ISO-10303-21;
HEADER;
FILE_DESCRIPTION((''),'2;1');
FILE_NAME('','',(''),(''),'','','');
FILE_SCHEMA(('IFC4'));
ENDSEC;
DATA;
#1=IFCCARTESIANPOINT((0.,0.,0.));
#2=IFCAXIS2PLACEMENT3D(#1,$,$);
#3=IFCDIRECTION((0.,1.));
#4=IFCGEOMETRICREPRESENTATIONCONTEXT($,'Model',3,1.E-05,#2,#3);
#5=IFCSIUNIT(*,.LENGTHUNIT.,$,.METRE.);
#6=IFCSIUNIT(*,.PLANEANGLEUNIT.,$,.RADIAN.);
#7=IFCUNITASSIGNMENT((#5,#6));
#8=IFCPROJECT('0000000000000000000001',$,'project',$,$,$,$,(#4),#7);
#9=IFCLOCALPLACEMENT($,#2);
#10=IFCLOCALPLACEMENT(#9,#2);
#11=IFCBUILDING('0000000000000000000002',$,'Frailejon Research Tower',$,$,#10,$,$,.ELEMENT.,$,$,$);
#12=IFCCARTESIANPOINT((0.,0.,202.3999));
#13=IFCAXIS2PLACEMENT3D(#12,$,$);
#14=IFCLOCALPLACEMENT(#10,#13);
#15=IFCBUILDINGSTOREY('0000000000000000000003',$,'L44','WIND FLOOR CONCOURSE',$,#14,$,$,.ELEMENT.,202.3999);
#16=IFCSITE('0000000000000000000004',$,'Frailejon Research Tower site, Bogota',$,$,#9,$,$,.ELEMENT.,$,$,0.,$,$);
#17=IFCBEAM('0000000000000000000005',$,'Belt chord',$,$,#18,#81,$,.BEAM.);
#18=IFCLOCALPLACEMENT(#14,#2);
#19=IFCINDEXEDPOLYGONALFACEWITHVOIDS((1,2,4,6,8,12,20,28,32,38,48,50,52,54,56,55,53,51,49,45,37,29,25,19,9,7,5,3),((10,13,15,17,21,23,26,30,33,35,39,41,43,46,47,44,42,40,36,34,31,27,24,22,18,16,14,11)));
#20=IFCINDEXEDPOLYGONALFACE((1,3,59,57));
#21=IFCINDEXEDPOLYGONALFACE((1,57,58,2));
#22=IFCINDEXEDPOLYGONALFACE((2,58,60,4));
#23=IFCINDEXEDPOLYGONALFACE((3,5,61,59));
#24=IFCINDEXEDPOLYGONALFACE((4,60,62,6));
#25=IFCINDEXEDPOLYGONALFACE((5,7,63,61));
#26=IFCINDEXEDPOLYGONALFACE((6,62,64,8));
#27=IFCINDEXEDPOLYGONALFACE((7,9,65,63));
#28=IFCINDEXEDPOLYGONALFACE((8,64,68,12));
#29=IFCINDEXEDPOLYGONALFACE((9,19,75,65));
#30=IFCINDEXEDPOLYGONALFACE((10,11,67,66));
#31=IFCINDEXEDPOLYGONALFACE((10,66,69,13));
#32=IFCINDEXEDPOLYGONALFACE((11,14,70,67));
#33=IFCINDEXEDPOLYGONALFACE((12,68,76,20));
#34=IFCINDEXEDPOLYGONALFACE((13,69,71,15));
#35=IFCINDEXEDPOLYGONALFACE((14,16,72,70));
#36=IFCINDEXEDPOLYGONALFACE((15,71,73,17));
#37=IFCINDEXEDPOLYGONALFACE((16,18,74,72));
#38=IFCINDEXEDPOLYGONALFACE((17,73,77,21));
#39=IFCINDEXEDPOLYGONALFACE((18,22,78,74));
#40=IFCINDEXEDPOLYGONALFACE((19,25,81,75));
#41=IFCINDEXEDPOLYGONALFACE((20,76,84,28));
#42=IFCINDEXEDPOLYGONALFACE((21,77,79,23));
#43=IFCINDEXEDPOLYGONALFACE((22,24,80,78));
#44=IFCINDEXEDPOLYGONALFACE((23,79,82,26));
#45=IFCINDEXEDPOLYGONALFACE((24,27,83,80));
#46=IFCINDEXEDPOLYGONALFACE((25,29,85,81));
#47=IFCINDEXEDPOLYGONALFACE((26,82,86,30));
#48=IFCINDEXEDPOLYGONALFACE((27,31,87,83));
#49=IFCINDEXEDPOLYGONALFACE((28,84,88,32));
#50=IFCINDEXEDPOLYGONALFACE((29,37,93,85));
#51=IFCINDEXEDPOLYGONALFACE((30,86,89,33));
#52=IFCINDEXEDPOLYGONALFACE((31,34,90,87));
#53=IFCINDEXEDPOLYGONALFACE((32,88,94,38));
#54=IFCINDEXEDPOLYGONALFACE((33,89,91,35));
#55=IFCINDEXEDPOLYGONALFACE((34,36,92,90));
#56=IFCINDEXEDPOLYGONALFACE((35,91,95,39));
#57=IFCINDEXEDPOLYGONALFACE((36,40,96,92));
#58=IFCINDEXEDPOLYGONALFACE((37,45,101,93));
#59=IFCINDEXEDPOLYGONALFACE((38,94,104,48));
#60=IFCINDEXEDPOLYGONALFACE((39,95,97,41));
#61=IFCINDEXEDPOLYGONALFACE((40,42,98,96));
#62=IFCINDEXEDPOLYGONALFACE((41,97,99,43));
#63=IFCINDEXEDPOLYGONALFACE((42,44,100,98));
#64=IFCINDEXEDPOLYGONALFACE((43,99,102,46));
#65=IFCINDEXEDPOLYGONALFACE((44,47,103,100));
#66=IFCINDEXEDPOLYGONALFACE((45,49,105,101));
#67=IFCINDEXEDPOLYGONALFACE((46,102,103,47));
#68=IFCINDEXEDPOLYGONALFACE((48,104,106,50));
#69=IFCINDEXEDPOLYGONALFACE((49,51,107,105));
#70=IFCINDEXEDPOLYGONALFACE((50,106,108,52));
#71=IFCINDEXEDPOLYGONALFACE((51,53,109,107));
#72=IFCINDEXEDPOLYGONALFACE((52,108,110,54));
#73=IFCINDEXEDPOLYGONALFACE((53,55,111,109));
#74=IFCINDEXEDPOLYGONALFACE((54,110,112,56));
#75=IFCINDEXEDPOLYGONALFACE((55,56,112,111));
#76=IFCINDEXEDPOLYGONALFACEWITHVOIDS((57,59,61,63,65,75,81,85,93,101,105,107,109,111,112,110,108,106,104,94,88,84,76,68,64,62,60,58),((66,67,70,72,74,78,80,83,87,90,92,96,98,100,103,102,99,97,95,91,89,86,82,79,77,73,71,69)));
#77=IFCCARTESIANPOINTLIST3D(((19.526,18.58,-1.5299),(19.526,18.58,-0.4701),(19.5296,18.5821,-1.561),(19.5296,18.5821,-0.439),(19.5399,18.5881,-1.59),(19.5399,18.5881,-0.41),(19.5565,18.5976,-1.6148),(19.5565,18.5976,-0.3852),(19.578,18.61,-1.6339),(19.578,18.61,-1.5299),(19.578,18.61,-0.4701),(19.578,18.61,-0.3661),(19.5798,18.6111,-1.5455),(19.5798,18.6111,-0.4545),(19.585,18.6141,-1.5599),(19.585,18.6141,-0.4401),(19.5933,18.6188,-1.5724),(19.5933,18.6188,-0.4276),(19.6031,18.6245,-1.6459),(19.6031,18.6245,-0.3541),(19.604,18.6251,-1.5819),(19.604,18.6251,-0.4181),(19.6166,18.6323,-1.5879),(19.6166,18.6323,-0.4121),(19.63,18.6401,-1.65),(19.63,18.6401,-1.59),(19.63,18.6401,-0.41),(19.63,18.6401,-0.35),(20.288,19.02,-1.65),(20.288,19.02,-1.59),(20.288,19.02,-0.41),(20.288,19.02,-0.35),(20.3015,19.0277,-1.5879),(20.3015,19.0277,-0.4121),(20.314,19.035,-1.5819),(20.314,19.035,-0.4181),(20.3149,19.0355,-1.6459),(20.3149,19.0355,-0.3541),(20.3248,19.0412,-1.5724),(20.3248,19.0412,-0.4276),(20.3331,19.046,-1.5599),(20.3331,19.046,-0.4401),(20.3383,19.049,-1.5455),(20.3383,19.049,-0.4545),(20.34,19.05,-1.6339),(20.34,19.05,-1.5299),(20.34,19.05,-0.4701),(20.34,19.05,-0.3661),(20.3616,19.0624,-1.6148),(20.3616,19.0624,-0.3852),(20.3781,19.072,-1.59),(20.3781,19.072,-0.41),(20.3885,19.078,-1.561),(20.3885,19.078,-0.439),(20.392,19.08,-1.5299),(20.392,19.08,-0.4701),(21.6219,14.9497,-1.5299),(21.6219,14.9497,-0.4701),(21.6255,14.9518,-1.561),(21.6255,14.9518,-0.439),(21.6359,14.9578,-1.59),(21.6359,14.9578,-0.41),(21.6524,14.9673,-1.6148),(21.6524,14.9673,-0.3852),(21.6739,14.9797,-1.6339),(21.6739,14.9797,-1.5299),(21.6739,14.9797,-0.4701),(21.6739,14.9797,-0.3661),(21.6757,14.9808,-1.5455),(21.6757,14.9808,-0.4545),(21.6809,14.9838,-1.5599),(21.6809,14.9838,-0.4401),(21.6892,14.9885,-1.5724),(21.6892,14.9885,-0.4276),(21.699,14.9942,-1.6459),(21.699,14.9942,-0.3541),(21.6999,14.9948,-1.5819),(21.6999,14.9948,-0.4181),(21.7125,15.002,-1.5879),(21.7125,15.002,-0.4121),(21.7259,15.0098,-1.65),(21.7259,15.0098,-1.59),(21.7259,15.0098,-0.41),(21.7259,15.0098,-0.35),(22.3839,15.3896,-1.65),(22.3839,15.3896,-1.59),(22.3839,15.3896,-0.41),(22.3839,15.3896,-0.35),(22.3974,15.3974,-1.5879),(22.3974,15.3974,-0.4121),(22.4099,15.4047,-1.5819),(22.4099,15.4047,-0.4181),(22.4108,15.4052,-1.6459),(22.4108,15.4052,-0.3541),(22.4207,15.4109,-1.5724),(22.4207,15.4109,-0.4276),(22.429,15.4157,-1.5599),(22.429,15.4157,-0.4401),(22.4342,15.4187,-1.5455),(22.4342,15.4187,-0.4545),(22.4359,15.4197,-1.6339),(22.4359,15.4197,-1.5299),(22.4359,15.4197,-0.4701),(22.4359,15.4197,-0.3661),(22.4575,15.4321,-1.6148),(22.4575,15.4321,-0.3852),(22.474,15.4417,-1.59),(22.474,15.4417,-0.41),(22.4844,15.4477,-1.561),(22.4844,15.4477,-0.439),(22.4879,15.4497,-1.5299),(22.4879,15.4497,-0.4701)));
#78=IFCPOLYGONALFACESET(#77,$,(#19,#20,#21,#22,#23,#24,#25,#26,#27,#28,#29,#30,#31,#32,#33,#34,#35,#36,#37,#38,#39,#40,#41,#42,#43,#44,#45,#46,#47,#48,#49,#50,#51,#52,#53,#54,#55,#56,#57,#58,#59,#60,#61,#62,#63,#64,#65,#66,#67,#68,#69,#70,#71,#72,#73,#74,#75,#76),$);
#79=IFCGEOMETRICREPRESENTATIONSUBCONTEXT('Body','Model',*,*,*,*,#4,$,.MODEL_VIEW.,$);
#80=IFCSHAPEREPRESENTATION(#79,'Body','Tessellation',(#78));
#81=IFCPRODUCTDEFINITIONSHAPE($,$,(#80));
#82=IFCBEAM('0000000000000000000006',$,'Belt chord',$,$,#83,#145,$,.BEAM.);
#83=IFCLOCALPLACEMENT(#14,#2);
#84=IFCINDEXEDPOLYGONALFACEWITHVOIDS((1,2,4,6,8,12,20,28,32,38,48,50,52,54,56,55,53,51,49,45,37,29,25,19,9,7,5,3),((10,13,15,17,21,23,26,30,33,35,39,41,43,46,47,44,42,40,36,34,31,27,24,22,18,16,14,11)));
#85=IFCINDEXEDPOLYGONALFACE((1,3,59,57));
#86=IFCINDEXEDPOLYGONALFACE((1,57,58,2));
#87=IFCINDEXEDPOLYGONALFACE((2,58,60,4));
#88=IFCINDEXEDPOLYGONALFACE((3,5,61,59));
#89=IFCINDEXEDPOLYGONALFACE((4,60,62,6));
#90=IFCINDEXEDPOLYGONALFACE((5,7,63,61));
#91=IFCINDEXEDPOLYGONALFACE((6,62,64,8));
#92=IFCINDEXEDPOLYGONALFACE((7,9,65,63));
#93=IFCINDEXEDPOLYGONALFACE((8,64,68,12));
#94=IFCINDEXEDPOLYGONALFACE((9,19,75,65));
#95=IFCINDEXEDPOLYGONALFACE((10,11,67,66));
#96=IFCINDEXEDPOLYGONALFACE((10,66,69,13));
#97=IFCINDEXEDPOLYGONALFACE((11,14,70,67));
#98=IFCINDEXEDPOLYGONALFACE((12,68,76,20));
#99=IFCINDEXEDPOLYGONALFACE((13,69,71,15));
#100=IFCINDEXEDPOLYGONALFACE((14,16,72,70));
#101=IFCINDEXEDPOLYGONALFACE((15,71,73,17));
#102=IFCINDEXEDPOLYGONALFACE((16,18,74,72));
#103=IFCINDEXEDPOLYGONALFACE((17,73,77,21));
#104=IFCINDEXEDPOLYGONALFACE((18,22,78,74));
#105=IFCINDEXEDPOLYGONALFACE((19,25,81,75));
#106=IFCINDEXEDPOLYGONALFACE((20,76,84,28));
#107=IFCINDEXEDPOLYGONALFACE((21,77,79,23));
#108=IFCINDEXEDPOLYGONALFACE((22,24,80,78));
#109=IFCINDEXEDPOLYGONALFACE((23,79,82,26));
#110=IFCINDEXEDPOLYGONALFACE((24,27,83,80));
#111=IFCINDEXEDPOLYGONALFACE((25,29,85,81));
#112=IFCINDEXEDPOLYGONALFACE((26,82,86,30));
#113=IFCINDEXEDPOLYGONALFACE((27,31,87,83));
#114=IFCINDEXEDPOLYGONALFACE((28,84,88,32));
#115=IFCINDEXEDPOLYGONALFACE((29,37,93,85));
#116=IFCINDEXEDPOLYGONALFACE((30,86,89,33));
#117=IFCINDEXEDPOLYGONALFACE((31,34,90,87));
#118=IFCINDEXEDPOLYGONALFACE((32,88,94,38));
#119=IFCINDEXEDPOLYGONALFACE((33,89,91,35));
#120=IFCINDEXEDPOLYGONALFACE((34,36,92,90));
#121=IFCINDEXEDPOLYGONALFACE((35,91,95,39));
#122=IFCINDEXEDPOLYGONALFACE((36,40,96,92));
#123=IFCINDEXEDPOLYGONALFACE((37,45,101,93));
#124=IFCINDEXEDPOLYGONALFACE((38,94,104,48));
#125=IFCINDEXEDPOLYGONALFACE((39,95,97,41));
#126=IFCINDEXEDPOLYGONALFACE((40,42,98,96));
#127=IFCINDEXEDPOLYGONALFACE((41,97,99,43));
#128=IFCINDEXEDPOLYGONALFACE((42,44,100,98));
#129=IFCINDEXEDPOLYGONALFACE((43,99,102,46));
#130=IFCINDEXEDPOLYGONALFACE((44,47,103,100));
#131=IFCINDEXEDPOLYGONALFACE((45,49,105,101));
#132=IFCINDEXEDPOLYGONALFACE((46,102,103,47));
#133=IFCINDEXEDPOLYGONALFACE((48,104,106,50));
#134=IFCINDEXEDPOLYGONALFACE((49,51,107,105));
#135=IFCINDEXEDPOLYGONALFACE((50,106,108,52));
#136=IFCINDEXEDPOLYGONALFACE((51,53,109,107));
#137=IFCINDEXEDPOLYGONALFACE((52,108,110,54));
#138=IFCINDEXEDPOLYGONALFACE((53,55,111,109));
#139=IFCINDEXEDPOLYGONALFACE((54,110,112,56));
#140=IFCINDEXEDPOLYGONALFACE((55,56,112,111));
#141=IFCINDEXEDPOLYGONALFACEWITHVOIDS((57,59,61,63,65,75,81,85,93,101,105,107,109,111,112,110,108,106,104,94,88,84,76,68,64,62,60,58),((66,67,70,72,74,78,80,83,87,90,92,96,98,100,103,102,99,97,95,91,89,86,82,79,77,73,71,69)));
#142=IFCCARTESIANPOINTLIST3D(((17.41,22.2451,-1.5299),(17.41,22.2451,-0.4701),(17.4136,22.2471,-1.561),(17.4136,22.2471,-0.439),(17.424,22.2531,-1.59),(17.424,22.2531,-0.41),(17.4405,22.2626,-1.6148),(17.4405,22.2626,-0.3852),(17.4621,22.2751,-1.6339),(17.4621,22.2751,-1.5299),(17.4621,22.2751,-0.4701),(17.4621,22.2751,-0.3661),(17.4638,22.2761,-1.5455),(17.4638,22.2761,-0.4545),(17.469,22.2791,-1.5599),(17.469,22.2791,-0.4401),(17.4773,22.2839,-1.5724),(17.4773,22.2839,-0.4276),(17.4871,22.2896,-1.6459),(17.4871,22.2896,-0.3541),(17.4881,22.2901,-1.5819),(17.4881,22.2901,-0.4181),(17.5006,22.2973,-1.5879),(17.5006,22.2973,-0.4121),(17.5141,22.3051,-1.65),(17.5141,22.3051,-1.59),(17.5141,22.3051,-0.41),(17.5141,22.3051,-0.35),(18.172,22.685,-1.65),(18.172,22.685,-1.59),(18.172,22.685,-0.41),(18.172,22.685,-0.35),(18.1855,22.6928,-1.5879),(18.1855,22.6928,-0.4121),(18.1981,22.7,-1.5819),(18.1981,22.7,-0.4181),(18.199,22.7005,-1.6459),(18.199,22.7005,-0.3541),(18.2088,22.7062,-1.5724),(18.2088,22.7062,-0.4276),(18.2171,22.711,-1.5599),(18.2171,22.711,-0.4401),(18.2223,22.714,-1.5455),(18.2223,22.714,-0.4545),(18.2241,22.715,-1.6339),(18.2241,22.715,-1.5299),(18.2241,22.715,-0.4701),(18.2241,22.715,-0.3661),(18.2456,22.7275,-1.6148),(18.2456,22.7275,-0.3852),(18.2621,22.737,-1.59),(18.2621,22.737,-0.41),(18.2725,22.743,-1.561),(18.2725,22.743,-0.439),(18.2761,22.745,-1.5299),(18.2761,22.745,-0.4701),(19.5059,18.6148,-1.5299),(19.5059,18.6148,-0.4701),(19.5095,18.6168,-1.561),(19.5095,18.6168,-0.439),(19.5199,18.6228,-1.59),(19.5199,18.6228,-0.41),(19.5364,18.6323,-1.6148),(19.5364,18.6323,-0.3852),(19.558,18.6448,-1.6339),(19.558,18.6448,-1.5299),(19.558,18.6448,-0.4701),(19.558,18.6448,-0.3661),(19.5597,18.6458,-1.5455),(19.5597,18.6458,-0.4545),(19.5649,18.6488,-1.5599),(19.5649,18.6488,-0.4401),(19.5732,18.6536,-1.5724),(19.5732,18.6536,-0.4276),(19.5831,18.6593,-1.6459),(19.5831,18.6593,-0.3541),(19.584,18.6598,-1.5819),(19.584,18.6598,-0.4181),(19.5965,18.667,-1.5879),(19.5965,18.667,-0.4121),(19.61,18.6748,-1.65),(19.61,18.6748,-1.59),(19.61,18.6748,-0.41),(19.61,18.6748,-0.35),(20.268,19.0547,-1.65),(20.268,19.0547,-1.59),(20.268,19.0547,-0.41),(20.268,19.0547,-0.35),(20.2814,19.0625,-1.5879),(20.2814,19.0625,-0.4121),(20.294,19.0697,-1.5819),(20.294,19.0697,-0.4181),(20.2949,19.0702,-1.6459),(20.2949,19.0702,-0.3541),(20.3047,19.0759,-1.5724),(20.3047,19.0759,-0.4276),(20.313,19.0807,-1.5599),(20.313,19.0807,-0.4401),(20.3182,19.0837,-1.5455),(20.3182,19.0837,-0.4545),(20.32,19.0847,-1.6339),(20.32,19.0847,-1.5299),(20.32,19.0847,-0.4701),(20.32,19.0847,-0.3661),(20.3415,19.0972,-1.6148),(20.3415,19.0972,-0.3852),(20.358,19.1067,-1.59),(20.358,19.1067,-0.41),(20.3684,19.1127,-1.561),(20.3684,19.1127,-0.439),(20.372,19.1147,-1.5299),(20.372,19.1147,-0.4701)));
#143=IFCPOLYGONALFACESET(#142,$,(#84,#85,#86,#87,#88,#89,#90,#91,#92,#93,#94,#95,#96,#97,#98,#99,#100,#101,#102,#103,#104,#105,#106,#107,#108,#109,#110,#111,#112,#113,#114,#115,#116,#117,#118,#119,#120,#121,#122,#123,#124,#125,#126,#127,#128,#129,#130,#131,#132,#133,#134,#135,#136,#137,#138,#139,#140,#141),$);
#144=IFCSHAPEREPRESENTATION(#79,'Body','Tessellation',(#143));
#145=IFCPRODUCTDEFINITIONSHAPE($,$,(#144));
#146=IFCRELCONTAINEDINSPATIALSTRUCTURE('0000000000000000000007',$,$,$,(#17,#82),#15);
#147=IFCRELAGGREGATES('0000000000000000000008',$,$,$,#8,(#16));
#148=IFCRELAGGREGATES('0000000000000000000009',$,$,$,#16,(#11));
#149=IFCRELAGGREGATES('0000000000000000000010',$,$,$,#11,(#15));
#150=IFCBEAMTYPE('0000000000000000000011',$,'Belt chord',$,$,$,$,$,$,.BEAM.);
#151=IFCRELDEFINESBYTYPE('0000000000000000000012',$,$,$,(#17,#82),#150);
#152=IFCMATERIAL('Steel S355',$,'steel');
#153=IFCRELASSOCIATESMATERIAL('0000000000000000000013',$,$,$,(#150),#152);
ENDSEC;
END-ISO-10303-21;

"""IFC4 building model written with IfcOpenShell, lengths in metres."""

from ifc_helpers import new_model, si_unit, direction, frame, origin, origin_2d, place, context, subcontext, project, spatial, hollow_rectangle, extrude, material, material_profile, profile_set, type_object, element, save


model = new_model("IFC4")

# Units and contexts
model_context = context("Model", 3, precision=1e-05, world=origin(), true_north=direction((0.0, 1.0)))
body_context = subcontext(model_context, "Body", "Model", "MODEL_VIEW")
ifc_project = project(units=[si_unit("LENGTHUNIT", "METRE"), si_unit("PLANEANGLEUNIT", "RADIAN")], contexts=[model_context])

# Site, building, storey
site_placement = place(None, origin())
site = spatial("IfcSite", under=ifc_project, at=site_placement, Name="Frailejon Research Tower site, Bogota", CompositionType="ELEMENT", RefElevation=0.0)
building_placement = place(site_placement, origin())
building = spatial("IfcBuilding", under=site, at=building_placement, Name="Frailejon Research Tower", CompositionType="ELEMENT")
storey_placement = place(building_placement, frame((0.0, 0.0, 202.3999)))
storey = spatial("IfcBuildingStorey", under=building, at=storey_placement, Name="L44", Description="WIND FLOOR CONCOURSE", CompositionType="ELEMENT", Elevation=202.3999)

# Beams
ifc_material_1 = material(Name="Steel S355", Category="steel")
ifc_material_profile_1 = material_profile(ifc_material_1, hollow_rectangle(XDim=1.0, YDim=1.3, WallThickness=0.0601, InnerFilletRadius=0.0601, OuterFilletRadius=0.1201, at=origin_2d()), Name="Belt chord")
ifc_profile_set_1 = profile_set([ifc_material_profile_1], Name="Steel S355")
beam_type_1 = type_object("IfcBeamType", Name="Belt chord", PredefinedType="BEAM", material=ifc_profile_set_1)
for number, where, z_axis, x_axis, name in (
    (1, (22.0549, 15.1997, -1.0), (-0.499991, 0.86603, 0.0), (-0.86603, -0.499991, 0.0), "Belt chord"),
    (2, (19.939, 18.8647, -1.0), (-0.499991, 0.86603, 0.0), (-0.86603, -0.499991, 0.0), "Belt chord"),
):
    element("IfcBeam", number, at=place(storey_placement, frame(where, z_axis=z_axis, x_axis=x_axis)), inside=storey, type_object=beam_type_1, Name=name, PredefinedType="BEAM", context=body_context, shape_type="SweptSolid", body=[
        extrude(hollow_rectangle(XDim=1.0, YDim=1.3, WallThickness=0.0601, InnerFilletRadius=0.0601, OuterFilletRadius=0.1201, at=origin_2d()), origin(), (0.0, 0.0, 1.0), 4.1919),
    ])

save(model, "model.ifc")
